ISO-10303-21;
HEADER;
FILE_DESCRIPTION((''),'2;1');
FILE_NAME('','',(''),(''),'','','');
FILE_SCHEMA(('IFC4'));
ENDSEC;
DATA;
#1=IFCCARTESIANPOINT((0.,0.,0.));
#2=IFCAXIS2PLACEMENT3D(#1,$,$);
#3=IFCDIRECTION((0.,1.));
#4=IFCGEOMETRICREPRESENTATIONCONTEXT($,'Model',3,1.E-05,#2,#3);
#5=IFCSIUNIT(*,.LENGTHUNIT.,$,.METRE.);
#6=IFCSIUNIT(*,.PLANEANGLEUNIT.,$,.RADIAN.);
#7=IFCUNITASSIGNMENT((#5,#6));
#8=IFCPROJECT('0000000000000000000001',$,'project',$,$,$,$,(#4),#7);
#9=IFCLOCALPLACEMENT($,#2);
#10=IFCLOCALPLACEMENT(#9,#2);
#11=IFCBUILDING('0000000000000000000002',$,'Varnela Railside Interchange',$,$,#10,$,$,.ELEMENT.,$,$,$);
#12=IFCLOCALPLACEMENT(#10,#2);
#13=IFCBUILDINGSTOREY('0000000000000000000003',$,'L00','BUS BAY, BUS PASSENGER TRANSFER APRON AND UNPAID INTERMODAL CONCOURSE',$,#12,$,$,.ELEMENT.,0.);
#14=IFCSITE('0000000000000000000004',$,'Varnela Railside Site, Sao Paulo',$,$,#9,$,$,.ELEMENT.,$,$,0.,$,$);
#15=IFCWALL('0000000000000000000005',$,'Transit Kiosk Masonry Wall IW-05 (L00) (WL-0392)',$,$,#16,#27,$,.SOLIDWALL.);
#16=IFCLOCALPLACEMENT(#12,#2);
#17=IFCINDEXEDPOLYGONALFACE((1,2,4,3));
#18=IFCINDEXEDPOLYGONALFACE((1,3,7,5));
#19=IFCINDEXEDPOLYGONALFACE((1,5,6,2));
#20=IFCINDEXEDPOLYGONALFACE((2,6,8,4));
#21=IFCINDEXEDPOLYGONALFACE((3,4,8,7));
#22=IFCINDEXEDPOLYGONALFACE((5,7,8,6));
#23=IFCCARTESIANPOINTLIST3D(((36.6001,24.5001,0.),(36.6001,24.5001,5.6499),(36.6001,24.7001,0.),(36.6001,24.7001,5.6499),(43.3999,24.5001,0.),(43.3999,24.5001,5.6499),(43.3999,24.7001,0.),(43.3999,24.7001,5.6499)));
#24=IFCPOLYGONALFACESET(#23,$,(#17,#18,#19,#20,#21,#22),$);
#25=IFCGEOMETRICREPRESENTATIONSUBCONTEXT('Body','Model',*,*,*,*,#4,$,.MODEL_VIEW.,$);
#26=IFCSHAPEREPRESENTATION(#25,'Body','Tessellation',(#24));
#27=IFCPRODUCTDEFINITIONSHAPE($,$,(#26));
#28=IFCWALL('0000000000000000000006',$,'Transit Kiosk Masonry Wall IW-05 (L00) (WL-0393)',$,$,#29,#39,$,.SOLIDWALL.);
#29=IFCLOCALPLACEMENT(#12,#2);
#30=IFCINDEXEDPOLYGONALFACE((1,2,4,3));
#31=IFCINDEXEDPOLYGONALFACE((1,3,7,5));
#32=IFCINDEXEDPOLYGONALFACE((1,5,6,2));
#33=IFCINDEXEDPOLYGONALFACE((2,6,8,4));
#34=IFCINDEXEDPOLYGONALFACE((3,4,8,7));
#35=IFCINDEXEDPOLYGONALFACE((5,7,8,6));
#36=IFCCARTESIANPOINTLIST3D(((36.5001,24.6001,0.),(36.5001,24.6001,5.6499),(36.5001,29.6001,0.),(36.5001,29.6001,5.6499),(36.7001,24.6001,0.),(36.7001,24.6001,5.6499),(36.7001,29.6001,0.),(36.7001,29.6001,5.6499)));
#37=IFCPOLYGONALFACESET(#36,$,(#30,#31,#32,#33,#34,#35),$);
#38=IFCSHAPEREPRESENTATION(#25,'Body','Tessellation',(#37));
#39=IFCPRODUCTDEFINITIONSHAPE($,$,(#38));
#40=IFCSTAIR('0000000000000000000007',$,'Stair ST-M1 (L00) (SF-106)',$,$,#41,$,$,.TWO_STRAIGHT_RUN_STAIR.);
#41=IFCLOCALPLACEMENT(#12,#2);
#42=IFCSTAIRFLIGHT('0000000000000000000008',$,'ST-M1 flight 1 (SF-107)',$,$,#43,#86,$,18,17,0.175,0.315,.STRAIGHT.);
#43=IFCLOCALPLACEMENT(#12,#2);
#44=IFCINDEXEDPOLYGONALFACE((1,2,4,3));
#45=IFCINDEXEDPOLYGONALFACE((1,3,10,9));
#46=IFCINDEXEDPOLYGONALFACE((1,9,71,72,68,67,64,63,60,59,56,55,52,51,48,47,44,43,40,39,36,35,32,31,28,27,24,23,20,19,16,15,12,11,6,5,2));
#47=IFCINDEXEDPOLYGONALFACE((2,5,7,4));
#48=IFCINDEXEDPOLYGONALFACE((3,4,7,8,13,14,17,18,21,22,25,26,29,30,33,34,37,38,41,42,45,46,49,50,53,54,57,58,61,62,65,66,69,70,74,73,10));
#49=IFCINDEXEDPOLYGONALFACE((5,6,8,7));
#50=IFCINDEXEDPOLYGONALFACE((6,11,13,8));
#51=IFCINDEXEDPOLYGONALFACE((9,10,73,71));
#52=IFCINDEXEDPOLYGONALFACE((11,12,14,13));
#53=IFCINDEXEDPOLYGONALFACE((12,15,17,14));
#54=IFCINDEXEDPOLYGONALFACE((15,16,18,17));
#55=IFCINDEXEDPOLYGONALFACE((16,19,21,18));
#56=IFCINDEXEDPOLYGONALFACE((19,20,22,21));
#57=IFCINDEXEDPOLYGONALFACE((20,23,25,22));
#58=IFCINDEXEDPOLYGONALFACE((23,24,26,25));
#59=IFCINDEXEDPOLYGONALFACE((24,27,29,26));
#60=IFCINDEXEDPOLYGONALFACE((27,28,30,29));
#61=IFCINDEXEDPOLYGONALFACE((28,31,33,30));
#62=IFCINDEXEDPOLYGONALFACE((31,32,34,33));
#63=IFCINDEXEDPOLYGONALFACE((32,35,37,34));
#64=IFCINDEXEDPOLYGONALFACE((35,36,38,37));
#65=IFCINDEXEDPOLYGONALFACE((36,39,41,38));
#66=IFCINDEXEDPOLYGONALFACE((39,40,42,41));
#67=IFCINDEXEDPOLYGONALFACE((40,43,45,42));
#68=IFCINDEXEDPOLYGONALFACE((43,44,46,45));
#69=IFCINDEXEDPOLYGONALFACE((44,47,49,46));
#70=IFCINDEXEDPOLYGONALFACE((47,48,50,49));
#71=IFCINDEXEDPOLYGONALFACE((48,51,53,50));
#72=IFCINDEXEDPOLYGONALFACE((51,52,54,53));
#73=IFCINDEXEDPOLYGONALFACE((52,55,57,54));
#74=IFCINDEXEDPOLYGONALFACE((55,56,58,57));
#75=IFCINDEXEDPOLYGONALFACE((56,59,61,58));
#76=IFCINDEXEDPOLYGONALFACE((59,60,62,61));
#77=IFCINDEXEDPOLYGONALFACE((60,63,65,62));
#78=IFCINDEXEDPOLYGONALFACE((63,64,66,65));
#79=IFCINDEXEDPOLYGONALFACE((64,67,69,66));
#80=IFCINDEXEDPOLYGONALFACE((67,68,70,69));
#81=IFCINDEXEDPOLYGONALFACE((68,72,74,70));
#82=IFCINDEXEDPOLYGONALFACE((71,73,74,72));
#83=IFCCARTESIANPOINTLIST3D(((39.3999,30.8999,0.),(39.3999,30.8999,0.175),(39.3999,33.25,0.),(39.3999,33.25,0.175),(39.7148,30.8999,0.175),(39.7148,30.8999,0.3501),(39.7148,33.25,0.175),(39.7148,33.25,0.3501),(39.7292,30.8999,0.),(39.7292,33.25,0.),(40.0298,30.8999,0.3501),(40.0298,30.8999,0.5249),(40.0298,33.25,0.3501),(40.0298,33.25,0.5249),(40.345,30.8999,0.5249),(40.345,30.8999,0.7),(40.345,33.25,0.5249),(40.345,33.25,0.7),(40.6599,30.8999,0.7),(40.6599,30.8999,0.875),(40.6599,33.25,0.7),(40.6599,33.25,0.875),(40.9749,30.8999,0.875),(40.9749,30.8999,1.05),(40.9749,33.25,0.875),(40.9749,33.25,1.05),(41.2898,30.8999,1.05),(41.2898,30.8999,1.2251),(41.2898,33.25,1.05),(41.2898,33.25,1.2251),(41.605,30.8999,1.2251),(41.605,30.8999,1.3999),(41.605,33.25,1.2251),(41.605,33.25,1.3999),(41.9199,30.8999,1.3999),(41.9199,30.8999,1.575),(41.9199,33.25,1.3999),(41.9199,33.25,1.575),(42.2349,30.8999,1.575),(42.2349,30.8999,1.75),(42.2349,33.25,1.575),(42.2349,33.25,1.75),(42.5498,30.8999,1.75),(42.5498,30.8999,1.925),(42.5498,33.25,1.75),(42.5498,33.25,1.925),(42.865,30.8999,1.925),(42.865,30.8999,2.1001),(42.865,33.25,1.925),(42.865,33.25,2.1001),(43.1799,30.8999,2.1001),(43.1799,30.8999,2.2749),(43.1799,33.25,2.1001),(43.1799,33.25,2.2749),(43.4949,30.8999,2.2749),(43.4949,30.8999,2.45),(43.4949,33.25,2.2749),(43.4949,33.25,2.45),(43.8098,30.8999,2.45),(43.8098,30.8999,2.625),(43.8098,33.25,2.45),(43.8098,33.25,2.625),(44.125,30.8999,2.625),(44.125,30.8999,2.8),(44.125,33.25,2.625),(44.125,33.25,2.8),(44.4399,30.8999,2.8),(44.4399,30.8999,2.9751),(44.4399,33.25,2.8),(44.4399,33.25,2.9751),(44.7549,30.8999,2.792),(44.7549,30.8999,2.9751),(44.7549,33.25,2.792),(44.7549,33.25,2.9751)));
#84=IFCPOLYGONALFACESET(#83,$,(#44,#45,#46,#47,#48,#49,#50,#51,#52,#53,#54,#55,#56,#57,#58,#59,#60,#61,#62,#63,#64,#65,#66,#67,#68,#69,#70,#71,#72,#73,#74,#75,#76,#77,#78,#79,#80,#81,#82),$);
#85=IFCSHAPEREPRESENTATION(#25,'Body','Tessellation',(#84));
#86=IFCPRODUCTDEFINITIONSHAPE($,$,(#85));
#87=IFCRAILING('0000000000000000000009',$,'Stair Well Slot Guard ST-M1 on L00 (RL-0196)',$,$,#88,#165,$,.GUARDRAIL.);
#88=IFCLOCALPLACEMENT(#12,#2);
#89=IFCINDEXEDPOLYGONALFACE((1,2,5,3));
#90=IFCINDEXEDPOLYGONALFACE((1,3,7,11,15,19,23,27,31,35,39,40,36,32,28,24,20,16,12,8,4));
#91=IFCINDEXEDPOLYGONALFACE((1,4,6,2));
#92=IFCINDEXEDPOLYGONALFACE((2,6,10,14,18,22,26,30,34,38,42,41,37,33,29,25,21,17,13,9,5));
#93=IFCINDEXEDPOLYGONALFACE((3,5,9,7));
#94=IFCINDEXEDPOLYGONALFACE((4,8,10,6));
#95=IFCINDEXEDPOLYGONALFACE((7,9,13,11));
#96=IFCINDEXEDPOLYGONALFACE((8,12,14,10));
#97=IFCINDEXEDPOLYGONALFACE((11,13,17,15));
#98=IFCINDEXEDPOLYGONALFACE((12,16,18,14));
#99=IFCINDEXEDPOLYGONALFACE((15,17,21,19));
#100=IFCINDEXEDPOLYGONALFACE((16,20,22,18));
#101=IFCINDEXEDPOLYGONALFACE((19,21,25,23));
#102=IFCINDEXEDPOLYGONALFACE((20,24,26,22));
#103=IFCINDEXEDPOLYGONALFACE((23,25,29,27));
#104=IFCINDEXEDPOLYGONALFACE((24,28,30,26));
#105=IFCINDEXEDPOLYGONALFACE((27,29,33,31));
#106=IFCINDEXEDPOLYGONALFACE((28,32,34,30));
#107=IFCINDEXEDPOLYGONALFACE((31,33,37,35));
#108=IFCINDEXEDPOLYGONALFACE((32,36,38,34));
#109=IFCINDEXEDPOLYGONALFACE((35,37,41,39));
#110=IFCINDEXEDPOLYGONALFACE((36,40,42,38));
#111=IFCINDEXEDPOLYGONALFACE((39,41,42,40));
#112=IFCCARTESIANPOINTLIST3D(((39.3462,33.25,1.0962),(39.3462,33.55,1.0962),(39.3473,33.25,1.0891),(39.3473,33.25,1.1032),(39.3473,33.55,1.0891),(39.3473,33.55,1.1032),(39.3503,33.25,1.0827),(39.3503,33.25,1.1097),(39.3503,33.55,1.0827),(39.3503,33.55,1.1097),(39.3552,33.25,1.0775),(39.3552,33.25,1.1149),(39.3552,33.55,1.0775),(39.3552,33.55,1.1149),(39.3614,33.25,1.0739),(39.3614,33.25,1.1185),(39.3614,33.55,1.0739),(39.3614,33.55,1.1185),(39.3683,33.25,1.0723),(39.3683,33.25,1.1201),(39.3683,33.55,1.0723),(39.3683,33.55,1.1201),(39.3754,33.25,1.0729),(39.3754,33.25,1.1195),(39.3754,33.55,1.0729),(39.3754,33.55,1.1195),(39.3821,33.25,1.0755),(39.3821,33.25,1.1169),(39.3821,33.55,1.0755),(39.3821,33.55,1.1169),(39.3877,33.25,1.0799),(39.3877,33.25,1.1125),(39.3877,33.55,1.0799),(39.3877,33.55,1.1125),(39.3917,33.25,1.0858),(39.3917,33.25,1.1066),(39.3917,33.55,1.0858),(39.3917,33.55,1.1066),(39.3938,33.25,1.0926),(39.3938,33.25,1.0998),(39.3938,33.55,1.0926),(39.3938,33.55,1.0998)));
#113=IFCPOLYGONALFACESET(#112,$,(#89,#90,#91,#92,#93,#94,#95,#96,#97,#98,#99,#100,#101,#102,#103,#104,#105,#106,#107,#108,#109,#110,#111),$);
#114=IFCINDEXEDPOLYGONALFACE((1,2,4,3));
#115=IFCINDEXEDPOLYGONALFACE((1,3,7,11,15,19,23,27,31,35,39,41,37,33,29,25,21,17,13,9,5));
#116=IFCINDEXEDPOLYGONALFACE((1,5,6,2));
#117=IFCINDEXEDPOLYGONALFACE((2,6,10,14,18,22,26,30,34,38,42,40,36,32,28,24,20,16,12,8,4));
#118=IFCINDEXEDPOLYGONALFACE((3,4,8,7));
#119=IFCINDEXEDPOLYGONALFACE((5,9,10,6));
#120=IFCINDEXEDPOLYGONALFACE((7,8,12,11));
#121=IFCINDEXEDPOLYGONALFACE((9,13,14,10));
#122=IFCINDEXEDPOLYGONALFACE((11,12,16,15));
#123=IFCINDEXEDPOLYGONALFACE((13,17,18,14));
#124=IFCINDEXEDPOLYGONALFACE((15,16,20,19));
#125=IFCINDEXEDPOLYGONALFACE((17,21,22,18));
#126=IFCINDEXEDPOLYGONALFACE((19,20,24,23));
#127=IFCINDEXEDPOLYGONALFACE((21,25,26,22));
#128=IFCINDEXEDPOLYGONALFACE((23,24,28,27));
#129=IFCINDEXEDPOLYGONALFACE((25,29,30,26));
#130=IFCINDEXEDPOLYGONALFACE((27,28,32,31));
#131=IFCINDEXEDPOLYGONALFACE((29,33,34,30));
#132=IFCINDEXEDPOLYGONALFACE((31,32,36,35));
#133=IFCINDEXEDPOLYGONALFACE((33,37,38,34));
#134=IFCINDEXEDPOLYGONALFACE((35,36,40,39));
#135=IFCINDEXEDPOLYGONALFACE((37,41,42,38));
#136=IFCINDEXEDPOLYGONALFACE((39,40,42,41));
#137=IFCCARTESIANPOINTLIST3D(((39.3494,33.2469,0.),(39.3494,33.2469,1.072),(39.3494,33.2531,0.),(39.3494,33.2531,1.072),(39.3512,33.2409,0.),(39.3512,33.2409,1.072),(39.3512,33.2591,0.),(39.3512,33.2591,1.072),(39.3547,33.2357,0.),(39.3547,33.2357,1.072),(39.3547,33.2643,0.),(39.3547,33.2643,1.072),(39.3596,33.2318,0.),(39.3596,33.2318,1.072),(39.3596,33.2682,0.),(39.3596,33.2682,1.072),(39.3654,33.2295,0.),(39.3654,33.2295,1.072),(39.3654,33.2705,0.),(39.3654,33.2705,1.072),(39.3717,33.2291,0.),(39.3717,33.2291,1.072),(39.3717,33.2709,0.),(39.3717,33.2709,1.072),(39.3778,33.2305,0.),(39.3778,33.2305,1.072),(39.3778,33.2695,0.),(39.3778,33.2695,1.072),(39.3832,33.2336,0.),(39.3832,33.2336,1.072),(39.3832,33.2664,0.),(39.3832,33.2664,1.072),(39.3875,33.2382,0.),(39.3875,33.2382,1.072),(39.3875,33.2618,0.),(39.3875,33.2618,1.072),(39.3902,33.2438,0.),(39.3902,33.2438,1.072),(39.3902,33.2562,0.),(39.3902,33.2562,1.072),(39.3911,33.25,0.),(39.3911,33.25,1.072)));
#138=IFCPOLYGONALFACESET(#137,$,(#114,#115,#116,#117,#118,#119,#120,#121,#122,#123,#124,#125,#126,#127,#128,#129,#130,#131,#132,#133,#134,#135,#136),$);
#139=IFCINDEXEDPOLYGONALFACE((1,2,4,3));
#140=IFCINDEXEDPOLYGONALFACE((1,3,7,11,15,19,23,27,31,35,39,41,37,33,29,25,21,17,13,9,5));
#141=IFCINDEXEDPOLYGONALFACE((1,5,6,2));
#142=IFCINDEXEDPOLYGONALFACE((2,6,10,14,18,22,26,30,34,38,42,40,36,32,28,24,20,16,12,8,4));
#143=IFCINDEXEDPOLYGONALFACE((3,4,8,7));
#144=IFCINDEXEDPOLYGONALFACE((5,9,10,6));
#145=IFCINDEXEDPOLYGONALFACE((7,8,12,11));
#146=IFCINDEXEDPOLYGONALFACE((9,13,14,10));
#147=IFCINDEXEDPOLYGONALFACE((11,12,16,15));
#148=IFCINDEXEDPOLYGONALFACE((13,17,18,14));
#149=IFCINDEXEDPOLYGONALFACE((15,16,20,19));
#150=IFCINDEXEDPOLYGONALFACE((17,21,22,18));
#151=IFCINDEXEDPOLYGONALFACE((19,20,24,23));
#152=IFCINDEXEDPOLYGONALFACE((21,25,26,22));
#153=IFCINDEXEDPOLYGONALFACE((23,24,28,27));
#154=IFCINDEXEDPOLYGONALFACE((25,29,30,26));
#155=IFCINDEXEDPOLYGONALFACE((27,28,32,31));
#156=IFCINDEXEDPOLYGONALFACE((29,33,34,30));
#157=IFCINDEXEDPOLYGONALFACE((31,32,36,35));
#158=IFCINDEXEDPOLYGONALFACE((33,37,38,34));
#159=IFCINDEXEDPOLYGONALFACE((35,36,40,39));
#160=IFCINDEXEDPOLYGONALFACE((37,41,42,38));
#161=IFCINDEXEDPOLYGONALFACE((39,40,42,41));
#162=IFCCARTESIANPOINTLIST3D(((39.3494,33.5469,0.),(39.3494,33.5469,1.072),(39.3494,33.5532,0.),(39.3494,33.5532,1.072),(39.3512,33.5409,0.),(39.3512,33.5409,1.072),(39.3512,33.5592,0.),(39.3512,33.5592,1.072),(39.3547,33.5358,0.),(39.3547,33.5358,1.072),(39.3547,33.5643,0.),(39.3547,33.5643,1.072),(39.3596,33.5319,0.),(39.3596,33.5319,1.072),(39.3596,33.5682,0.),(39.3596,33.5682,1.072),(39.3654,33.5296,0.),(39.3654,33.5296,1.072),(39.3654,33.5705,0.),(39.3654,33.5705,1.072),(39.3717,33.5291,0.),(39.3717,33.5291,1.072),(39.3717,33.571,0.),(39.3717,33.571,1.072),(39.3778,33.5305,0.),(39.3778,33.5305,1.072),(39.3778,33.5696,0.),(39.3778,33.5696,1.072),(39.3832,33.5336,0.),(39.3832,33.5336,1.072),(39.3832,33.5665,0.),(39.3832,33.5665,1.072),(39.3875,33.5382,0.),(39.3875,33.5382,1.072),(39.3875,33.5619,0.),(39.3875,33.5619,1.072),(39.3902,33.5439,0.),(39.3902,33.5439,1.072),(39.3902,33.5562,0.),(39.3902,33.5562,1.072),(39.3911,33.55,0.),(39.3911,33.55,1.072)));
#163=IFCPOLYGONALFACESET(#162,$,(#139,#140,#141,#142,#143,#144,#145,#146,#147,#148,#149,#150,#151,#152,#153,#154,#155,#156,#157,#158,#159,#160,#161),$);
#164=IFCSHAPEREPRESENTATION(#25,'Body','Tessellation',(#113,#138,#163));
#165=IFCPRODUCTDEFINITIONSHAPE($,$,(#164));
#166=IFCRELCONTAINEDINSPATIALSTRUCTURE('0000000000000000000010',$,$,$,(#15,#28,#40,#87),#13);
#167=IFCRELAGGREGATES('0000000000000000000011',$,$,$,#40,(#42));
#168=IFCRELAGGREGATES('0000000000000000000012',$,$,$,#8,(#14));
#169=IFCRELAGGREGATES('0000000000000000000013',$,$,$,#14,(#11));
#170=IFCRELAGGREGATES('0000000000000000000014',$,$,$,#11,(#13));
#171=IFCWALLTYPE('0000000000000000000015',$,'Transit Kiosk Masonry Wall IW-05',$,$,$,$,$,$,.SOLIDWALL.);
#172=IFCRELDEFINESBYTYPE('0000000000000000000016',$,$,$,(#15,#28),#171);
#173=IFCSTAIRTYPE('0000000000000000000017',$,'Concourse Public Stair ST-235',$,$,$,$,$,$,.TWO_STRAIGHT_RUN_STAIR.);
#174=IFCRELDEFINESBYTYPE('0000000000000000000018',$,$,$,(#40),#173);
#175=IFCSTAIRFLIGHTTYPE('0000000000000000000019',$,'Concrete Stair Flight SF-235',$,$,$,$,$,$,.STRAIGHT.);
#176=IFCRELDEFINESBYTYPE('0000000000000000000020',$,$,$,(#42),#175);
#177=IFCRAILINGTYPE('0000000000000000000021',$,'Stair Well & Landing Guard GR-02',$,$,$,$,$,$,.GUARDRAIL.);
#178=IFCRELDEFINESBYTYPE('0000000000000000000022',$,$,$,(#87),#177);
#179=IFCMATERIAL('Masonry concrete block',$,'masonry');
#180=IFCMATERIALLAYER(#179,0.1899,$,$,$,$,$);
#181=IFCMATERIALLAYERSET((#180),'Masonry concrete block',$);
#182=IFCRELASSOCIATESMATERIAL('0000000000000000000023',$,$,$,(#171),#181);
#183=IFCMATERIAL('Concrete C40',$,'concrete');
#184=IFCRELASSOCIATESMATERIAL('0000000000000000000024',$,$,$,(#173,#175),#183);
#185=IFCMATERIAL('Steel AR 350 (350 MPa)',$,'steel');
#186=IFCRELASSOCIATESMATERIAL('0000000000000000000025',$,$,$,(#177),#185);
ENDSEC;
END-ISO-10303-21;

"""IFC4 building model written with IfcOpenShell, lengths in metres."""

from ifc_helpers import new_model, si_unit, direction, frame, frame_2d, origin, origin_2d, place, context, subcontext, project, spatial, polyline, rectangle, circle, outline, extrude, material, layer, layer_set, type_object, element, aggregate, save


model = new_model("IFC4")

# Units and contexts
model_context = context("Model", 3, precision=1e-05, world=origin(), true_north=direction((0.0, 1.0)))
body_context = subcontext(model_context, "Body", "Model", "MODEL_VIEW")
ifc_project = project(units=[si_unit("LENGTHUNIT", "METRE"), si_unit("PLANEANGLEUNIT", "RADIAN")], contexts=[model_context])

# Site, building, storey
site_placement = place(None, origin())
site = spatial("IfcSite", under=ifc_project, at=site_placement, Name="Varnela Railside Site, Sao Paulo", CompositionType="ELEMENT", RefElevation=0.0)
building_placement = place(site_placement, origin())
building = spatial("IfcBuilding", under=site, at=building_placement, Name="Varnela Railside Interchange", CompositionType="ELEMENT")
storey_placement = place(building_placement, origin())
storey = spatial("IfcBuildingStorey", under=building, at=storey_placement, Name="L00", Description="BUS BAY, BUS PASSENGER TRANSFER APRON AND UNPAID INTERMODAL CONCOURSE", CompositionType="ELEMENT", Elevation=0.0)

# Shared definitions
ifc_material_1 = material(Name="Steel AR 350 (350 MPa)", Category="steel")
ifc_material_2 = material(Name="Concrete C40", Category="concrete")

# Shared definitions
ifc_material_3 = material(Name="Masonry concrete block", Category="masonry")
ifc_layer_1 = layer(ifc_material_3, 0.1899)
ifc_layer_set_1 = layer_set([ifc_layer_1], Name="Masonry concrete block")
wall_type_1 = type_object("IfcWallType", Name="Transit Kiosk Masonry Wall IW-05", PredefinedType="SOLIDWALL", material=ifc_layer_set_1)

# Walls
wall_1_placement = place(storey_placement, frame((36.6001, 24.6001, 0.0), z_axis=(0.0, 0.0, 1.0), x_axis=(1.0, 0.0, 0.0)))
element("IfcWall", 1, at=wall_1_placement, inside=storey, type_object=wall_type_1, Name="Transit Kiosk Masonry Wall IW-05 (L00) (WL-0392)", PredefinedType="SOLIDWALL", context=body_context, shape_type="SweptSolid", body=[
    extrude(rectangle(XDim=6.7998, YDim=0.2, at=frame_2d((3.3999, 0.0))), origin(), (0.0, 0.0, 1.0), 5.6499),
])
wall_2_placement = place(storey_placement, frame((36.6001, 24.6001, 0.0), z_axis=(0.0, 0.0, 1.0), x_axis=(0.0, 1.0, 0.0)))
element("IfcWall", 2, at=wall_2_placement, inside=storey, type_object=wall_type_1, Name="Transit Kiosk Masonry Wall IW-05 (L00) (WL-0393)", PredefinedType="SOLIDWALL", context=body_context, shape_type="SweptSolid", body=[
    extrude(rectangle(XDim=5.0, YDim=0.2, at=frame_2d((2.5, 0.0))), origin(), (0.0, 0.0, 1.0), 5.6499),
])

# Stair, stair flight
stair_type = type_object("IfcStairType", Name="Concourse Public Stair ST-235", PredefinedType="TWO_STRAIGHT_RUN_STAIR", material=ifc_material_2)
stair_placement = place(storey_placement, origin())
stair = element("IfcStair", 3, at=stair_placement, inside=storey, type_object=stair_type, Name="Stair ST-M1 (L00) (SF-106)", PredefinedType="TWO_STRAIGHT_RUN_STAIR")
stair_flight_type = type_object("IfcStairFlightType", Name="Concrete Stair Flight SF-235", PredefinedType="STRAIGHT", material=ifc_material_2)
stair_flight_placement = place(storey_placement, frame((39.3999, 32.075, 0.0), z_axis=(0.0, 0.0, 1.0), x_axis=(1.0, 0.0, 0.0)))
stair_flight = element("IfcStairFlight", 4, at=stair_flight_placement, type_object=stair_flight_type, Name="ST-M1 flight 1 (SF-107)", NumberOfRisers=18, NumberOfTreads=17, PredefinedType="STRAIGHT", RiserHeight=0.175, TreadLength=0.315, context=body_context, shape_type="SweptSolid", body=[
    extrude(outline(polyline([(0.0, 0.0), (0.0, 0.175), (0.3149, 0.175), (0.3149, 0.3501), (0.6299, 0.3501), (0.6299, 0.5249), (0.9451, 0.5249), (0.9451, 0.7), (1.26, 0.7), (1.26, 0.875), (1.575, 0.875), (1.575, 1.05), (1.8899, 1.05), (1.8899, 1.2251), (2.2051, 1.2251), (2.2051, 1.3999), (2.52, 1.3999), (2.52, 1.575), (2.835, 1.575), (2.835, 1.75), (3.1499, 1.75), (3.1499, 1.925), (3.4651, 1.925), (3.4651, 2.1001), (3.78, 2.1001), (3.78, 2.2749), (4.095, 2.2749), (4.095, 2.45), (4.4099, 2.45), (4.4099, 2.625), (4.7251, 2.625), (4.7251, 2.8), (5.04, 2.8), (5.04, 2.9751), (5.355, 2.9751), (5.355, 3.1499), (5.355, 2.792), (0.3293, 0.0), (0.0, 0.0)])), frame((0.0, 1.175, 0.0), z_axis=(0.0, -1.0, 0.0), x_axis=(1.0, 0.0, 0.0)), (0.0, 0.0, 1.0), 2.3501),
])
aggregate(stair, [stair_flight])

# Railing
railing_type_1 = type_object("IfcRailingType", Name="Stair Well & Landing Guard GR-02", PredefinedType="GUARDRAIL", material=ifc_material_1)
railing_1_placement = place(storey_placement, frame((39.3701, 33.25, 0.0)))
element("IfcRailing", 5, at=railing_1_placement, inside=storey, type_object=railing_type_1, Name="Stair Well Slot Guard ST-M1 on L00 (RL-0196)", PredefinedType="GUARDRAIL", context=body_context, shape_type="SweptSolid", body=[
    extrude(circle(Radius=0.0239, at=origin_2d()), frame((0.0, 0.0, 1.0962), z_axis=(0.0, 1.0, 0.0), x_axis=(-1.0, 0.0, 0.0)), (0.0, 0.0, 1.0), 0.3),
    extrude(circle(Radius=0.021, at=origin_2d()), origin(), (0.0, 0.0, 1.0), 1.072),
    extrude(circle(Radius=0.021, at=origin_2d()), frame((0.0, 0.3, 0.0)), (0.0, 0.0, 1.0), 1.072),
])

save(model, "model.ifc")
